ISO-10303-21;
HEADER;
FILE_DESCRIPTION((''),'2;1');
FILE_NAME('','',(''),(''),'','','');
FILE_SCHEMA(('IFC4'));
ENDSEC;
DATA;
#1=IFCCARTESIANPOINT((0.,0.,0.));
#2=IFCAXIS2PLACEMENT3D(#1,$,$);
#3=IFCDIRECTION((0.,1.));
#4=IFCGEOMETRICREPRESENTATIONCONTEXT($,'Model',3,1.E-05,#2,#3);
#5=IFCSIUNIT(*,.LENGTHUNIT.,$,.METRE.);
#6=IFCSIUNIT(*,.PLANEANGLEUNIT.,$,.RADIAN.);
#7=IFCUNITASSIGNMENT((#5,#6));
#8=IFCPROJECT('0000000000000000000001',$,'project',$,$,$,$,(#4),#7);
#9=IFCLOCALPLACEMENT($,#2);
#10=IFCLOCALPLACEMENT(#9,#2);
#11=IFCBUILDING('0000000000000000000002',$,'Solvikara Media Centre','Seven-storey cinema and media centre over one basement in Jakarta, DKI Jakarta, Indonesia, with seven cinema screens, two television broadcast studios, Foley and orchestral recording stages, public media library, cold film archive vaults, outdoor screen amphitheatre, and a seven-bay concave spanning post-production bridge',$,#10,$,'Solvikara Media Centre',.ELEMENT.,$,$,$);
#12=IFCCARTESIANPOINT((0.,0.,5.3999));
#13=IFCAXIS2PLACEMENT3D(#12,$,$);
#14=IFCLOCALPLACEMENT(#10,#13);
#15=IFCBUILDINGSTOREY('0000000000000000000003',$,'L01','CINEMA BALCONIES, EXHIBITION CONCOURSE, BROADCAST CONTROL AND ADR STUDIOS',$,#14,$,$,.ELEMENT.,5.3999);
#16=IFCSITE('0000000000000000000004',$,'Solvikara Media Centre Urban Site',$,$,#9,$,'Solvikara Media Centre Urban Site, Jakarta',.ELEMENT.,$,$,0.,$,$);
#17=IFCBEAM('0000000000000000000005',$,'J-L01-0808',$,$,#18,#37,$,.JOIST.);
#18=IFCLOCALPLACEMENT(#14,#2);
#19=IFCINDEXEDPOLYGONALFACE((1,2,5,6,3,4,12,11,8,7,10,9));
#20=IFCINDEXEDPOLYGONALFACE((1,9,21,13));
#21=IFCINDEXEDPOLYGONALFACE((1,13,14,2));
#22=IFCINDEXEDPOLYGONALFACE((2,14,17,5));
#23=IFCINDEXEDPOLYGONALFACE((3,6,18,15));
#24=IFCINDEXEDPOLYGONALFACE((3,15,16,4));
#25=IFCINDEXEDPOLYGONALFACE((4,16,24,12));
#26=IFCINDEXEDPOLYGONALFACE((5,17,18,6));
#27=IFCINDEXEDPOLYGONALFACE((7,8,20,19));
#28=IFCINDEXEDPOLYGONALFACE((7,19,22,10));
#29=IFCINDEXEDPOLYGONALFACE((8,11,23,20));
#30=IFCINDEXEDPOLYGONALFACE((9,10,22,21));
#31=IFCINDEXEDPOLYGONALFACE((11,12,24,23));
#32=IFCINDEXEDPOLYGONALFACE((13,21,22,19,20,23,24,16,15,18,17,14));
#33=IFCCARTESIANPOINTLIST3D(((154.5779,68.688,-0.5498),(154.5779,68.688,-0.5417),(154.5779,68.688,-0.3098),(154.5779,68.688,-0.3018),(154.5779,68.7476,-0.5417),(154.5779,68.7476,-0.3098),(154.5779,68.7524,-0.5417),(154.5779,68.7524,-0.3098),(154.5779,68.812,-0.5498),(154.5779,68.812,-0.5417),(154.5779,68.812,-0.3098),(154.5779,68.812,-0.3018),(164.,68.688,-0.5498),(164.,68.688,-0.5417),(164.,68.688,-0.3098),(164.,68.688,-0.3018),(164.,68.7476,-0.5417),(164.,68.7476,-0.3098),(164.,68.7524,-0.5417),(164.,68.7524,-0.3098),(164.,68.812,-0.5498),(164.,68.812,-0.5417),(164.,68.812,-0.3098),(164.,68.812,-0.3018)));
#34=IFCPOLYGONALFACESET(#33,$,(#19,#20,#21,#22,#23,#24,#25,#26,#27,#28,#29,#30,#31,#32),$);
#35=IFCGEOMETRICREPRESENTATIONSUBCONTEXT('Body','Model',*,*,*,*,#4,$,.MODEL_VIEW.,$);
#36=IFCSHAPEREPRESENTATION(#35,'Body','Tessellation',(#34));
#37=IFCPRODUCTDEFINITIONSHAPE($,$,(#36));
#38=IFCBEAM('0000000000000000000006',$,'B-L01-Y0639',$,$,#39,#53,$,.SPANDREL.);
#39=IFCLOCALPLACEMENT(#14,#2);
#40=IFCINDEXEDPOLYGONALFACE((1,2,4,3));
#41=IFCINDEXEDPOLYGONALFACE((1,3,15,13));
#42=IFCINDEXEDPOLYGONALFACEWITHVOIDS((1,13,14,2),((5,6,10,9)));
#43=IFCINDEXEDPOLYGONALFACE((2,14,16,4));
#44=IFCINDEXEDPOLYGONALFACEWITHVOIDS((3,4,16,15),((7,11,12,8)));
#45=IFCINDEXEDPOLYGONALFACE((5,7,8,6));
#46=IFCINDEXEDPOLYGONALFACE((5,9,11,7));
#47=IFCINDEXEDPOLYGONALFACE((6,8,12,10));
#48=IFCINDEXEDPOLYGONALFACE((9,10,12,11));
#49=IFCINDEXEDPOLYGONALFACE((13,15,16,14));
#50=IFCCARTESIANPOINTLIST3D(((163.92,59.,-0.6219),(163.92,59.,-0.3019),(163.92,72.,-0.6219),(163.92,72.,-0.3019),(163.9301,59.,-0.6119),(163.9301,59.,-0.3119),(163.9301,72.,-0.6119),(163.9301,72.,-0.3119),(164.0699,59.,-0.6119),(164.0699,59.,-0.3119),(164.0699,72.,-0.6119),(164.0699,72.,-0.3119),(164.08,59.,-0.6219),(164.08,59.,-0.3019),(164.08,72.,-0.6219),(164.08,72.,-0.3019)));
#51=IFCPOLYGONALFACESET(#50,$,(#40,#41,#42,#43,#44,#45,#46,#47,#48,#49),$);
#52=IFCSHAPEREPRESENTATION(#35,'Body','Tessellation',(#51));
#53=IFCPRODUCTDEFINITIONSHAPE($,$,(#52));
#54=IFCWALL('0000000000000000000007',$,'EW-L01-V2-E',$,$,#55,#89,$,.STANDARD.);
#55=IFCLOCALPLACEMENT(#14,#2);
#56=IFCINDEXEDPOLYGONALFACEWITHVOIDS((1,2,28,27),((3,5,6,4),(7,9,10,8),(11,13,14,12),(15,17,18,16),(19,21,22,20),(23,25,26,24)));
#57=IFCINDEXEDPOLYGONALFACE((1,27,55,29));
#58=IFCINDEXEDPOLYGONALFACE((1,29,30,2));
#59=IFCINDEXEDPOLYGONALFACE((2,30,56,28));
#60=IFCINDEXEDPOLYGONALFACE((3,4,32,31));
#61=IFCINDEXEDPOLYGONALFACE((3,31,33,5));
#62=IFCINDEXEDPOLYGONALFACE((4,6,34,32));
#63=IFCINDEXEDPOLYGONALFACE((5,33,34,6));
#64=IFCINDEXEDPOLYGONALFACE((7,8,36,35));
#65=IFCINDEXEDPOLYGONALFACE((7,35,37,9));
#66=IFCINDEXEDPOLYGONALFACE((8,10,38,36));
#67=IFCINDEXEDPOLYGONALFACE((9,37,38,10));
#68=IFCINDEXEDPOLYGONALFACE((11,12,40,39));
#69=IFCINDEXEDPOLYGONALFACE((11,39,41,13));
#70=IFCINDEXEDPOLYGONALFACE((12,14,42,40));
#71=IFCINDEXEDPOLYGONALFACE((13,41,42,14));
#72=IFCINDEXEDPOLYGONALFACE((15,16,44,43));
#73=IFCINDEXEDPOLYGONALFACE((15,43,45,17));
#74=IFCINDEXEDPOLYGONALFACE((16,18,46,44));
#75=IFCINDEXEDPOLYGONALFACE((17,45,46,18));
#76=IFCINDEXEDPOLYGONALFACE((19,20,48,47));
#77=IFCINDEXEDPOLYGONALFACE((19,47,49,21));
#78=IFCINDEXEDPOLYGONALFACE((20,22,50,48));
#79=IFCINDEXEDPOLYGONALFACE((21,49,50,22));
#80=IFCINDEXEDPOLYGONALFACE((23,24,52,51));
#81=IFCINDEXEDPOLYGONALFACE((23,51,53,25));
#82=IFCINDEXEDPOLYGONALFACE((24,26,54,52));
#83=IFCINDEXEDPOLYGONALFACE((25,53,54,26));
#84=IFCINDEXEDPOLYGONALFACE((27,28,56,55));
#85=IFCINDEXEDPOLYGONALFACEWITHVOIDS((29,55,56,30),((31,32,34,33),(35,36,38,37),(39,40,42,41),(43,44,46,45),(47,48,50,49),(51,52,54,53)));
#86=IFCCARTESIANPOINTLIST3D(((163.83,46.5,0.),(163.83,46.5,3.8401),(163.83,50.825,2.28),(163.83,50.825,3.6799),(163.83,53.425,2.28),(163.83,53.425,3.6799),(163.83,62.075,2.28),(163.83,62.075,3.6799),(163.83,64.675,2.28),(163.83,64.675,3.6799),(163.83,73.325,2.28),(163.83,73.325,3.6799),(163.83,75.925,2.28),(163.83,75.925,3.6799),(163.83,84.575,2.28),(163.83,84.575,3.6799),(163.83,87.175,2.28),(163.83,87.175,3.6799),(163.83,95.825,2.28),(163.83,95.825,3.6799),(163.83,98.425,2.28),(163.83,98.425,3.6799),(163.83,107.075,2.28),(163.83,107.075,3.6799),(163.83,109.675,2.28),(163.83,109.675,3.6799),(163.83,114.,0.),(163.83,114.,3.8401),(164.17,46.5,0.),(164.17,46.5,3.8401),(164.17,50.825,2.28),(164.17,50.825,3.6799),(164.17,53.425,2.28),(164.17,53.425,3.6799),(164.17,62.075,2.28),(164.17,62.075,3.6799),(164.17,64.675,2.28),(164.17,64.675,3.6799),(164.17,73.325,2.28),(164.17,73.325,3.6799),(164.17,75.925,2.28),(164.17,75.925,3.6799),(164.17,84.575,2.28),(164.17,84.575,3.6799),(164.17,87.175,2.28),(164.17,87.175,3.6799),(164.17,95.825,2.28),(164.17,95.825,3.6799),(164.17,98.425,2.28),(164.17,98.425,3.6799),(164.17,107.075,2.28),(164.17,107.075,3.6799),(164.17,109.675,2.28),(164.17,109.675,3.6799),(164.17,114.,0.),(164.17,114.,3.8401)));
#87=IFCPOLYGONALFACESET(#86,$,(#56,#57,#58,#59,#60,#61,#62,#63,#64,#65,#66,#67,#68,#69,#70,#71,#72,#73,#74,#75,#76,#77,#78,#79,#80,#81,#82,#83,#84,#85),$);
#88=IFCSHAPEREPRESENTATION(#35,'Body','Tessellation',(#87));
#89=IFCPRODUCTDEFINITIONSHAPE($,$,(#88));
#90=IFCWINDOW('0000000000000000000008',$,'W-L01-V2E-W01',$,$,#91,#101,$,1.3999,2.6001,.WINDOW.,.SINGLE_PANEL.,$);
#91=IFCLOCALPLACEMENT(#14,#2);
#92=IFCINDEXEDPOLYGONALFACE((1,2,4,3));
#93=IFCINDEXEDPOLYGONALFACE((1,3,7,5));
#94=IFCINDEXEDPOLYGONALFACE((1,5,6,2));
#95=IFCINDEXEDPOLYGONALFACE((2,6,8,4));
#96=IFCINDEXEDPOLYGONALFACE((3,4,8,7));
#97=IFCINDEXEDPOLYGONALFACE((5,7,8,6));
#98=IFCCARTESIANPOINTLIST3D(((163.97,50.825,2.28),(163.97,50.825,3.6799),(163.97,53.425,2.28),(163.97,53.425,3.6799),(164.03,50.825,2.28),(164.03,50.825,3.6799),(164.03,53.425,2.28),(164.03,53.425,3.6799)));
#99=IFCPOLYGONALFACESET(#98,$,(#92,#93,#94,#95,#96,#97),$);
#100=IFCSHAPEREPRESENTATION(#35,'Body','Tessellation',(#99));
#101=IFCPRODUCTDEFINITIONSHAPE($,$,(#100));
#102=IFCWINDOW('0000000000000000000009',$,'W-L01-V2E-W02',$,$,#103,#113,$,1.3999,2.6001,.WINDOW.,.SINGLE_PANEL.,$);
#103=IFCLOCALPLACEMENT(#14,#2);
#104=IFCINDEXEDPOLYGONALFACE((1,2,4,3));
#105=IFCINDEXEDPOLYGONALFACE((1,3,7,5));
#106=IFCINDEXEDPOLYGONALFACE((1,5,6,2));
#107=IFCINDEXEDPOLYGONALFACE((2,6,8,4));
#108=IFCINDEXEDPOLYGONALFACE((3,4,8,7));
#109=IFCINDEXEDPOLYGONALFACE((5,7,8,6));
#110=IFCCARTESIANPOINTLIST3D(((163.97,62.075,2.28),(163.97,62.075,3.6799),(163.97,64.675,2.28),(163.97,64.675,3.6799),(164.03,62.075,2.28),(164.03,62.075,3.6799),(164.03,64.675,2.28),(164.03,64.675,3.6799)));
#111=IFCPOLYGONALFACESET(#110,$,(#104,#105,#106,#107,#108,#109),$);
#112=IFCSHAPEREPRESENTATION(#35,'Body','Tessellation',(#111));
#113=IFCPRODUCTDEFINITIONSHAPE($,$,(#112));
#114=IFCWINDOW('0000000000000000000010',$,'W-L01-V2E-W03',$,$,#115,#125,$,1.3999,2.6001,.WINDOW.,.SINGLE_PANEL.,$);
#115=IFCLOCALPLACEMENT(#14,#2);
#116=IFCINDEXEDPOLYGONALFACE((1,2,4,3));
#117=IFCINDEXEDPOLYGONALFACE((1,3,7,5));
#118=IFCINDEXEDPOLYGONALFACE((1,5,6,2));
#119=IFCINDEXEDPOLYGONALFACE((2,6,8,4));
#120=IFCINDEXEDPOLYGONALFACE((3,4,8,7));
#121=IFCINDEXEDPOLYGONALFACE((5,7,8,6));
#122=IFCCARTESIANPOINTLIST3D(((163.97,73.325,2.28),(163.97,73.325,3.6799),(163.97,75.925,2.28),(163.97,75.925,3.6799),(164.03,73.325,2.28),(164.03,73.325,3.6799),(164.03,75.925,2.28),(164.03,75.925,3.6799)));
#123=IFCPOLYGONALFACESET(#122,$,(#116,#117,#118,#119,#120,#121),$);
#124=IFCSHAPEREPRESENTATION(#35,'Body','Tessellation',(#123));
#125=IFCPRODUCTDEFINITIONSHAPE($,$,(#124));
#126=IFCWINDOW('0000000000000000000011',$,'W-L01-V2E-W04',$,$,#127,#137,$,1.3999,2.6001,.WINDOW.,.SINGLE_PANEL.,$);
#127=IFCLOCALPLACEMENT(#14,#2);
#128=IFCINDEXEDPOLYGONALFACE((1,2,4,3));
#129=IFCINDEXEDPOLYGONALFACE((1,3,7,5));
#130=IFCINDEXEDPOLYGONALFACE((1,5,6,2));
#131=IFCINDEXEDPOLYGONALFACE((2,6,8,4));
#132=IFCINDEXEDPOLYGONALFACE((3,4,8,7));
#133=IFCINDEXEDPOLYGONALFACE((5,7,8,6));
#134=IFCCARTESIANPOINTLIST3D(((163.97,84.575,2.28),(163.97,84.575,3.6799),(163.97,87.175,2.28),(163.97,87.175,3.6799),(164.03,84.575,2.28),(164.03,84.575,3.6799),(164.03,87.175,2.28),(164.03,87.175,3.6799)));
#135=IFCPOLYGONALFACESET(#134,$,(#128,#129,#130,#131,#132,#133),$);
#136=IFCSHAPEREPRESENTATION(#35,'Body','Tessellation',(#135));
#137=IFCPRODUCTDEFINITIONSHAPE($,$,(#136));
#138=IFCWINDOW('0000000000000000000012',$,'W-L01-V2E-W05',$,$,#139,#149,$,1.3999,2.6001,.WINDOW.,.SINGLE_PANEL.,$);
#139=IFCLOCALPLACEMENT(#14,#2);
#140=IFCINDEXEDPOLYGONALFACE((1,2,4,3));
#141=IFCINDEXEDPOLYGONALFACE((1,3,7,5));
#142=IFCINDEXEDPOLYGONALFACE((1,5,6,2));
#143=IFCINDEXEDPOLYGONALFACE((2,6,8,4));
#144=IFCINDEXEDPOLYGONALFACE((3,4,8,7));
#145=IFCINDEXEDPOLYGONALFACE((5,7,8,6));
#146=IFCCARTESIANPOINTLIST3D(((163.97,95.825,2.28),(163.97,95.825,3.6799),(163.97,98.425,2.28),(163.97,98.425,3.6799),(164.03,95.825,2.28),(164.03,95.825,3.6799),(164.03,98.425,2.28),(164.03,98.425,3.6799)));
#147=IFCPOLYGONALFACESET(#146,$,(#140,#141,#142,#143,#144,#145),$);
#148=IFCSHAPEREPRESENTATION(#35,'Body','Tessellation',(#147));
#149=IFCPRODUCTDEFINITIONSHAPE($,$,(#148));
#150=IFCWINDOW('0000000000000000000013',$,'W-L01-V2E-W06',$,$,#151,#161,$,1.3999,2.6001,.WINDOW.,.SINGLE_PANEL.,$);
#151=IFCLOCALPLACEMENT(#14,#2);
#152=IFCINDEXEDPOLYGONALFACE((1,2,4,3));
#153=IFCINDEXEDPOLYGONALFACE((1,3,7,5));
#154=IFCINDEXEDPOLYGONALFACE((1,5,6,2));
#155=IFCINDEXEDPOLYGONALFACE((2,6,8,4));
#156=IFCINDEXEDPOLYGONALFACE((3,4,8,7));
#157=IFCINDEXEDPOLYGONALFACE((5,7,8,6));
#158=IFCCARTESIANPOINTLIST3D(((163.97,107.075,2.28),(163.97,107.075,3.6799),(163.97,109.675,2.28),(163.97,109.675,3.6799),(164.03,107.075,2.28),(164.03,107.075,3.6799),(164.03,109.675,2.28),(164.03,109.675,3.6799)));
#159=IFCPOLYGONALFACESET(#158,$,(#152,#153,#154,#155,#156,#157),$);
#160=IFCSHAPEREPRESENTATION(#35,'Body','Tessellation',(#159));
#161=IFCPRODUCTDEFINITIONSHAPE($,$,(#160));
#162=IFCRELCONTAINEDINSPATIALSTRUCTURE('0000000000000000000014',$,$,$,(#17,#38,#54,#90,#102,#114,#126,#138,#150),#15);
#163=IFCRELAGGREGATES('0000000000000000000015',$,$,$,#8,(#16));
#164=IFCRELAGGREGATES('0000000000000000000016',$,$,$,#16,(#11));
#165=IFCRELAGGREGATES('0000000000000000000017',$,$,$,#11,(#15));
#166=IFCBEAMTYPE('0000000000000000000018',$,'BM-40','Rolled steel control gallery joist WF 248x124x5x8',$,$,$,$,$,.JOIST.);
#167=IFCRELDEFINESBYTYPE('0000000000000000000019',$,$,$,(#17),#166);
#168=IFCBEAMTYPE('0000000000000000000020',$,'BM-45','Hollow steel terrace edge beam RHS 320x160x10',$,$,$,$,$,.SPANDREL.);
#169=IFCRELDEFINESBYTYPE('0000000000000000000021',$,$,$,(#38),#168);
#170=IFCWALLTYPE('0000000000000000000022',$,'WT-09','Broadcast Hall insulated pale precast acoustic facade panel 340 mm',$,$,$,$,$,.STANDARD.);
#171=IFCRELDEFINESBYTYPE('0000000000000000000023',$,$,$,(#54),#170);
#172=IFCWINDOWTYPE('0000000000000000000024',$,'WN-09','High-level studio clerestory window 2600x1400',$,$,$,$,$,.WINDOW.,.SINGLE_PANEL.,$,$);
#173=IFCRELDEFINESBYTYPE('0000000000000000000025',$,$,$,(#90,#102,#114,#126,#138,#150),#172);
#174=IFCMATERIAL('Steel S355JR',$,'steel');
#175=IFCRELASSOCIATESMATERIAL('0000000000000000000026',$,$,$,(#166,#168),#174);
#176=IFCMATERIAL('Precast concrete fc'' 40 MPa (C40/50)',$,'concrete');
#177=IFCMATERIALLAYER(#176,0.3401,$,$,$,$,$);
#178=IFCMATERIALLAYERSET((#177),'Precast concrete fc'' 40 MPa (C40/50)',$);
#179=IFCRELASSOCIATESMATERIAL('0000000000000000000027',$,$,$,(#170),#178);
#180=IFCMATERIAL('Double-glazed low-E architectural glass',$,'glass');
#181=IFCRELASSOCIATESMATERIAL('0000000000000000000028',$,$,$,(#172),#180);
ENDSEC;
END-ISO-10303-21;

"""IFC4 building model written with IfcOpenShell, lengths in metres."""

from ifc_helpers import new_model, si_unit, direction, frame, frame_2d, origin, origin_2d, place, context, subcontext, project, spatial, rectangle, hollow_rectangle, i_section, extrude, material, layer, layer_set, material_profile, profile_set, type_object, element, fill, save


model = new_model("IFC4")

# Units and contexts
model_context = context("Model", 3, precision=1e-05, world=origin(), true_north=direction((0.0, 1.0)))
body_context = subcontext(model_context, "Body", "Model", "MODEL_VIEW")
ifc_project = project(units=[si_unit("LENGTHUNIT", "METRE"), si_unit("PLANEANGLEUNIT", "RADIAN")], contexts=[model_context])

# Site, building, storey
site_placement = place(None, origin())
site = spatial("IfcSite", under=ifc_project, at=site_placement, Name="Solvikara Media Centre Urban Site", LongName="Solvikara Media Centre Urban Site, Jakarta", CompositionType="ELEMENT", RefElevation=0.0)
building_placement = place(site_placement, origin())
building = spatial("IfcBuilding", under=site, at=building_placement, Name="Solvikara Media Centre", Description="Seven-storey cinema and media centre over one basement in Jakarta, DKI Jakarta, Indonesia, with seven cinema screens, two television broadcast studios, Foley and orchestral recording stages, public media library, cold film archive vaults, outdoor screen amphitheatre, and a seven-bay concave spanning post-production bridge", LongName="Solvikara Media Centre", CompositionType="ELEMENT")
storey_placement = place(building_placement, frame((0.0, 0.0, 5.3999)))
storey = spatial("IfcBuildingStorey", under=building, at=storey_placement, Name="L01", Description="CINEMA BALCONIES, EXHIBITION CONCOURSE, BROADCAST CONTROL AND ADR STUDIOS", CompositionType="ELEMENT", Elevation=5.3999)

# Beams
ifc_material_1 = material(Name="Steel S355JR", Category="steel")
ifc_material_profile_1 = material_profile(ifc_material_1, i_section(OverallWidth=0.124, OverallDepth=0.248, WebThickness=0.0049, FlangeThickness=0.0081, at=origin_2d()), Name="WF 248x124x5x8")
ifc_profile_set_1 = profile_set([ifc_material_profile_1], Name="Steel S355JR")
beam_type_1 = type_object("IfcBeamType", Name="BM-40", Description="Rolled steel control gallery joist WF 248x124x5x8", PredefinedType="JOIST", material=ifc_profile_set_1)
beam_1_placement = place(storey_placement, frame((154.5779, 68.75, -0.4258), z_axis=(1.0, 0.0, 0.0), x_axis=(0.0, 1.0, 0.0)))
element("IfcBeam", 1, at=beam_1_placement, inside=storey, type_object=beam_type_1, Name="J-L01-0808", PredefinedType="JOIST", context=body_context, shape_type="SweptSolid", body=[
    extrude(i_section(OverallWidth=0.124, OverallDepth=0.248, WebThickness=0.0049, FlangeThickness=0.0081, at=origin_2d()), origin(), (0.0, 0.0, 1.0), 9.4221),
])
ifc_material_profile_2 = material_profile(ifc_material_1, hollow_rectangle(XDim=0.1599, YDim=0.3201, WallThickness=0.01, at=origin_2d()), Name="RHS 320x160x10")
ifc_profile_set_2 = profile_set([ifc_material_profile_2], Name="Steel S355JR")
beam_type_2 = type_object("IfcBeamType", Name="BM-45", Description="Hollow steel terrace edge beam RHS 320x160x10", PredefinedType="SPANDREL", material=ifc_profile_set_2)
beam_2_placement = place(storey_placement, frame((164.0, 59.0, -0.4619), z_axis=(0.0, 1.0, 0.0), x_axis=(-1.0, 0.0, 0.0)))
element("IfcBeam", 2, at=beam_2_placement, inside=storey, type_object=beam_type_2, Name="B-L01-Y0639", PredefinedType="SPANDREL", context=body_context, shape_type="SweptSolid", body=[
    extrude(hollow_rectangle(XDim=0.1599, YDim=0.3201, WallThickness=0.01, at=origin_2d()), origin(), (0.0, 0.0, 1.0), 13.0),
])

# Wall, openings, windows
ifc_material_2 = material(Name="Precast concrete fc' 40 MPa (C40/50)", Category="concrete")
ifc_layer_1 = layer(ifc_material_2, 0.3401)
ifc_layer_set_1 = layer_set([ifc_layer_1], Name="Precast concrete fc' 40 MPa (C40/50)")
wall_type = type_object("IfcWallType", Name="WT-09", Description="Broadcast Hall insulated pale precast acoustic facade panel 340 mm", PredefinedType="STANDARD", material=ifc_layer_set_1)
wall_placement = place(storey_placement, frame((164.0, 46.5, 0.0), z_axis=(0.0, 0.0, 1.0), x_axis=(0.0, 1.0, 0.0)))
wall = element("IfcWall", 3, at=wall_placement, inside=storey, type_object=wall_type, Name="EW-L01-V2-E", PredefinedType="STANDARD", context=body_context, shape_type="SweptSolid", body=[
    extrude(rectangle(XDim=67.5, YDim=0.3401, at=frame_2d((33.75, 0.0))), origin(), (0.0, 0.0, 1.0), 3.8401),
])
opening_1_placement = place(wall_placement, frame((4.325, 0.0, 2.28)))
opening_1 = element("IfcOpeningElement", 4, at=opening_1_placement, cuts=wall, PredefinedType="OPENING", context=body_context, shape_type="SweptSolid", body=[
    extrude(rectangle(XDim=2.6001, YDim=1.3999, at=frame_2d((1.3, 0.7))), frame((0.0, 0.1821, 0.0), z_axis=(0.0, -1.0, 0.0), x_axis=(1.0, 0.0, 0.0)), (0.0, 0.0, 1.0), 0.364),
])
opening_2_placement = place(wall_placement, frame((15.575, 0.0, 2.28)))
opening_2 = element("IfcOpeningElement", 5, at=opening_2_placement, cuts=wall, PredefinedType="OPENING", context=body_context, shape_type="SweptSolid", body=[
    extrude(rectangle(XDim=2.6001, YDim=1.3999, at=frame_2d((1.3, 0.7))), frame((0.0, 0.1821, 0.0), z_axis=(0.0, -1.0, 0.0), x_axis=(1.0, 0.0, 0.0)), (0.0, 0.0, 1.0), 0.364),
])
opening_3_placement = place(wall_placement, frame((26.825, 0.0, 2.28)))
opening_3 = element("IfcOpeningElement", 6, at=opening_3_placement, cuts=wall, PredefinedType="OPENING", context=body_context, shape_type="SweptSolid", body=[
    extrude(rectangle(XDim=2.6001, YDim=1.3999, at=frame_2d((1.3, 0.7))), frame((0.0, 0.1821, 0.0), z_axis=(0.0, -1.0, 0.0), x_axis=(1.0, 0.0, 0.0)), (0.0, 0.0, 1.0), 0.364),
])
opening_4_placement = place(wall_placement, frame((38.075, 0.0, 2.28)))
opening_4 = element("IfcOpeningElement", 7, at=opening_4_placement, cuts=wall, PredefinedType="OPENING", context=body_context, shape_type="SweptSolid", body=[
    extrude(rectangle(XDim=2.6001, YDim=1.3999, at=frame_2d((1.3, 0.7))), frame((0.0, 0.1821, 0.0), z_axis=(0.0, -1.0, 0.0), x_axis=(1.0, 0.0, 0.0)), (0.0, 0.0, 1.0), 0.364),
])
opening_5_placement = place(wall_placement, frame((49.325, 0.0, 2.28)))
opening_5 = element("IfcOpeningElement", 8, at=opening_5_placement, cuts=wall, PredefinedType="OPENING", context=body_context, shape_type="SweptSolid", body=[
    extrude(rectangle(XDim=2.6001, YDim=1.3999, at=frame_2d((1.3, 0.7))), frame((0.0, 0.1821, 0.0), z_axis=(0.0, -1.0, 0.0), x_axis=(1.0, 0.0, 0.0)), (0.0, 0.0, 1.0), 0.364),
])
opening_6_placement = place(wall_placement, frame((60.575, 0.0, 2.28)))
opening_6 = element("IfcOpeningElement", 9, at=opening_6_placement, cuts=wall, PredefinedType="OPENING", context=body_context, shape_type="SweptSolid", body=[
    extrude(rectangle(XDim=2.6001, YDim=1.3999, at=frame_2d((1.3, 0.7))), frame((0.0, 0.1821, 0.0), z_axis=(0.0, -1.0, 0.0), x_axis=(1.0, 0.0, 0.0)), (0.0, 0.0, 1.0), 0.364),
])
ifc_material_3 = material(Name="Double-glazed low-E architectural glass", Category="glass")
window_type = type_object("IfcWindowType", Name="WN-09", Description="High-level studio clerestory window 2600x1400", PartitioningType="SINGLE_PANEL", PredefinedType="WINDOW", material=ifc_material_3)
window_1_placement = place(opening_1_placement, origin())
window_1 = element("IfcWindow", 10, at=window_1_placement, inside=storey, type_object=window_type, Name="W-L01-V2E-W01", OverallHeight=1.3999, OverallWidth=2.6001, PartitioningType="SINGLE_PANEL", PredefinedType="WINDOW", context=body_context, shape_type="SweptSolid", body=[
    extrude(rectangle(XDim=2.6001, YDim=1.3999, at=frame_2d((1.3, 0.7))), frame((0.0, 0.03, 0.0), z_axis=(0.0, -1.0, 0.0), x_axis=(1.0, 0.0, 0.0)), (0.0, 0.0, 1.0), 0.0601),
])
fill(opening_1, window_1)
window_2_placement = place(opening_2_placement, origin())
window_2 = element("IfcWindow", 11, at=window_2_placement, inside=storey, type_object=window_type, Name="W-L01-V2E-W02", OverallHeight=1.3999, OverallWidth=2.6001, PartitioningType="SINGLE_PANEL", PredefinedType="WINDOW", context=body_context, shape_type="SweptSolid", body=[
    extrude(rectangle(XDim=2.6001, YDim=1.3999, at=frame_2d((1.3, 0.7))), frame((0.0, 0.03, 0.0), z_axis=(0.0, -1.0, 0.0), x_axis=(1.0, 0.0, 0.0)), (0.0, 0.0, 1.0), 0.0601),
])
fill(opening_2, window_2)
window_3_placement = place(opening_3_placement, origin())
window_3 = element("IfcWindow", 12, at=window_3_placement, inside=storey, type_object=window_type, Name="W-L01-V2E-W03", OverallHeight=1.3999, OverallWidth=2.6001, PartitioningType="SINGLE_PANEL", PredefinedType="WINDOW", context=body_context, shape_type="SweptSolid", body=[
    extrude(rectangle(XDim=2.6001, YDim=1.3999, at=frame_2d((1.3, 0.7))), frame((0.0, 0.03, 0.0), z_axis=(0.0, -1.0, 0.0), x_axis=(1.0, 0.0, 0.0)), (0.0, 0.0, 1.0), 0.0601),
])
fill(opening_3, window_3)
window_4_placement = place(opening_4_placement, origin())
window_4 = element("IfcWindow", 13, at=window_4_placement, inside=storey, type_object=window_type, Name="W-L01-V2E-W04", OverallHeight=1.3999, OverallWidth=2.6001, PartitioningType="SINGLE_PANEL", PredefinedType="WINDOW", context=body_context, shape_type="SweptSolid", body=[
    extrude(rectangle(XDim=2.6001, YDim=1.3999, at=frame_2d((1.3, 0.7))), frame((0.0, 0.03, 0.0), z_axis=(0.0, -1.0, 0.0), x_axis=(1.0, 0.0, 0.0)), (0.0, 0.0, 1.0), 0.0601),
])
fill(opening_4, window_4)
window_5_placement = place(opening_5_placement, origin())
window_5 = element("IfcWindow", 14, at=window_5_placement, inside=storey, type_object=window_type, Name="W-L01-V2E-W05", OverallHeight=1.3999, OverallWidth=2.6001, PartitioningType="SINGLE_PANEL", PredefinedType="WINDOW", context=body_context, shape_type="SweptSolid", body=[
    extrude(rectangle(XDim=2.6001, YDim=1.3999, at=frame_2d((1.3, 0.7))), frame((0.0, 0.03, 0.0), z_axis=(0.0, -1.0, 0.0), x_axis=(1.0, 0.0, 0.0)), (0.0, 0.0, 1.0), 0.0601),
])
fill(opening_5, window_5)
window_6_placement = place(opening_6_placement, origin())
window_6 = element("IfcWindow", 15, at=window_6_placement, inside=storey, type_object=window_type, Name="W-L01-V2E-W06", OverallHeight=1.3999, OverallWidth=2.6001, PartitioningType="SINGLE_PANEL", PredefinedType="WINDOW", context=body_context, shape_type="SweptSolid", body=[
    extrude(rectangle(XDim=2.6001, YDim=1.3999, at=frame_2d((1.3, 0.7))), frame((0.0, 0.03, 0.0), z_axis=(0.0, -1.0, 0.0), x_axis=(1.0, 0.0, 0.0)), (0.0, 0.0, 1.0), 0.0601),
])
fill(opening_6, window_6)

save(model, "model.ifc")
